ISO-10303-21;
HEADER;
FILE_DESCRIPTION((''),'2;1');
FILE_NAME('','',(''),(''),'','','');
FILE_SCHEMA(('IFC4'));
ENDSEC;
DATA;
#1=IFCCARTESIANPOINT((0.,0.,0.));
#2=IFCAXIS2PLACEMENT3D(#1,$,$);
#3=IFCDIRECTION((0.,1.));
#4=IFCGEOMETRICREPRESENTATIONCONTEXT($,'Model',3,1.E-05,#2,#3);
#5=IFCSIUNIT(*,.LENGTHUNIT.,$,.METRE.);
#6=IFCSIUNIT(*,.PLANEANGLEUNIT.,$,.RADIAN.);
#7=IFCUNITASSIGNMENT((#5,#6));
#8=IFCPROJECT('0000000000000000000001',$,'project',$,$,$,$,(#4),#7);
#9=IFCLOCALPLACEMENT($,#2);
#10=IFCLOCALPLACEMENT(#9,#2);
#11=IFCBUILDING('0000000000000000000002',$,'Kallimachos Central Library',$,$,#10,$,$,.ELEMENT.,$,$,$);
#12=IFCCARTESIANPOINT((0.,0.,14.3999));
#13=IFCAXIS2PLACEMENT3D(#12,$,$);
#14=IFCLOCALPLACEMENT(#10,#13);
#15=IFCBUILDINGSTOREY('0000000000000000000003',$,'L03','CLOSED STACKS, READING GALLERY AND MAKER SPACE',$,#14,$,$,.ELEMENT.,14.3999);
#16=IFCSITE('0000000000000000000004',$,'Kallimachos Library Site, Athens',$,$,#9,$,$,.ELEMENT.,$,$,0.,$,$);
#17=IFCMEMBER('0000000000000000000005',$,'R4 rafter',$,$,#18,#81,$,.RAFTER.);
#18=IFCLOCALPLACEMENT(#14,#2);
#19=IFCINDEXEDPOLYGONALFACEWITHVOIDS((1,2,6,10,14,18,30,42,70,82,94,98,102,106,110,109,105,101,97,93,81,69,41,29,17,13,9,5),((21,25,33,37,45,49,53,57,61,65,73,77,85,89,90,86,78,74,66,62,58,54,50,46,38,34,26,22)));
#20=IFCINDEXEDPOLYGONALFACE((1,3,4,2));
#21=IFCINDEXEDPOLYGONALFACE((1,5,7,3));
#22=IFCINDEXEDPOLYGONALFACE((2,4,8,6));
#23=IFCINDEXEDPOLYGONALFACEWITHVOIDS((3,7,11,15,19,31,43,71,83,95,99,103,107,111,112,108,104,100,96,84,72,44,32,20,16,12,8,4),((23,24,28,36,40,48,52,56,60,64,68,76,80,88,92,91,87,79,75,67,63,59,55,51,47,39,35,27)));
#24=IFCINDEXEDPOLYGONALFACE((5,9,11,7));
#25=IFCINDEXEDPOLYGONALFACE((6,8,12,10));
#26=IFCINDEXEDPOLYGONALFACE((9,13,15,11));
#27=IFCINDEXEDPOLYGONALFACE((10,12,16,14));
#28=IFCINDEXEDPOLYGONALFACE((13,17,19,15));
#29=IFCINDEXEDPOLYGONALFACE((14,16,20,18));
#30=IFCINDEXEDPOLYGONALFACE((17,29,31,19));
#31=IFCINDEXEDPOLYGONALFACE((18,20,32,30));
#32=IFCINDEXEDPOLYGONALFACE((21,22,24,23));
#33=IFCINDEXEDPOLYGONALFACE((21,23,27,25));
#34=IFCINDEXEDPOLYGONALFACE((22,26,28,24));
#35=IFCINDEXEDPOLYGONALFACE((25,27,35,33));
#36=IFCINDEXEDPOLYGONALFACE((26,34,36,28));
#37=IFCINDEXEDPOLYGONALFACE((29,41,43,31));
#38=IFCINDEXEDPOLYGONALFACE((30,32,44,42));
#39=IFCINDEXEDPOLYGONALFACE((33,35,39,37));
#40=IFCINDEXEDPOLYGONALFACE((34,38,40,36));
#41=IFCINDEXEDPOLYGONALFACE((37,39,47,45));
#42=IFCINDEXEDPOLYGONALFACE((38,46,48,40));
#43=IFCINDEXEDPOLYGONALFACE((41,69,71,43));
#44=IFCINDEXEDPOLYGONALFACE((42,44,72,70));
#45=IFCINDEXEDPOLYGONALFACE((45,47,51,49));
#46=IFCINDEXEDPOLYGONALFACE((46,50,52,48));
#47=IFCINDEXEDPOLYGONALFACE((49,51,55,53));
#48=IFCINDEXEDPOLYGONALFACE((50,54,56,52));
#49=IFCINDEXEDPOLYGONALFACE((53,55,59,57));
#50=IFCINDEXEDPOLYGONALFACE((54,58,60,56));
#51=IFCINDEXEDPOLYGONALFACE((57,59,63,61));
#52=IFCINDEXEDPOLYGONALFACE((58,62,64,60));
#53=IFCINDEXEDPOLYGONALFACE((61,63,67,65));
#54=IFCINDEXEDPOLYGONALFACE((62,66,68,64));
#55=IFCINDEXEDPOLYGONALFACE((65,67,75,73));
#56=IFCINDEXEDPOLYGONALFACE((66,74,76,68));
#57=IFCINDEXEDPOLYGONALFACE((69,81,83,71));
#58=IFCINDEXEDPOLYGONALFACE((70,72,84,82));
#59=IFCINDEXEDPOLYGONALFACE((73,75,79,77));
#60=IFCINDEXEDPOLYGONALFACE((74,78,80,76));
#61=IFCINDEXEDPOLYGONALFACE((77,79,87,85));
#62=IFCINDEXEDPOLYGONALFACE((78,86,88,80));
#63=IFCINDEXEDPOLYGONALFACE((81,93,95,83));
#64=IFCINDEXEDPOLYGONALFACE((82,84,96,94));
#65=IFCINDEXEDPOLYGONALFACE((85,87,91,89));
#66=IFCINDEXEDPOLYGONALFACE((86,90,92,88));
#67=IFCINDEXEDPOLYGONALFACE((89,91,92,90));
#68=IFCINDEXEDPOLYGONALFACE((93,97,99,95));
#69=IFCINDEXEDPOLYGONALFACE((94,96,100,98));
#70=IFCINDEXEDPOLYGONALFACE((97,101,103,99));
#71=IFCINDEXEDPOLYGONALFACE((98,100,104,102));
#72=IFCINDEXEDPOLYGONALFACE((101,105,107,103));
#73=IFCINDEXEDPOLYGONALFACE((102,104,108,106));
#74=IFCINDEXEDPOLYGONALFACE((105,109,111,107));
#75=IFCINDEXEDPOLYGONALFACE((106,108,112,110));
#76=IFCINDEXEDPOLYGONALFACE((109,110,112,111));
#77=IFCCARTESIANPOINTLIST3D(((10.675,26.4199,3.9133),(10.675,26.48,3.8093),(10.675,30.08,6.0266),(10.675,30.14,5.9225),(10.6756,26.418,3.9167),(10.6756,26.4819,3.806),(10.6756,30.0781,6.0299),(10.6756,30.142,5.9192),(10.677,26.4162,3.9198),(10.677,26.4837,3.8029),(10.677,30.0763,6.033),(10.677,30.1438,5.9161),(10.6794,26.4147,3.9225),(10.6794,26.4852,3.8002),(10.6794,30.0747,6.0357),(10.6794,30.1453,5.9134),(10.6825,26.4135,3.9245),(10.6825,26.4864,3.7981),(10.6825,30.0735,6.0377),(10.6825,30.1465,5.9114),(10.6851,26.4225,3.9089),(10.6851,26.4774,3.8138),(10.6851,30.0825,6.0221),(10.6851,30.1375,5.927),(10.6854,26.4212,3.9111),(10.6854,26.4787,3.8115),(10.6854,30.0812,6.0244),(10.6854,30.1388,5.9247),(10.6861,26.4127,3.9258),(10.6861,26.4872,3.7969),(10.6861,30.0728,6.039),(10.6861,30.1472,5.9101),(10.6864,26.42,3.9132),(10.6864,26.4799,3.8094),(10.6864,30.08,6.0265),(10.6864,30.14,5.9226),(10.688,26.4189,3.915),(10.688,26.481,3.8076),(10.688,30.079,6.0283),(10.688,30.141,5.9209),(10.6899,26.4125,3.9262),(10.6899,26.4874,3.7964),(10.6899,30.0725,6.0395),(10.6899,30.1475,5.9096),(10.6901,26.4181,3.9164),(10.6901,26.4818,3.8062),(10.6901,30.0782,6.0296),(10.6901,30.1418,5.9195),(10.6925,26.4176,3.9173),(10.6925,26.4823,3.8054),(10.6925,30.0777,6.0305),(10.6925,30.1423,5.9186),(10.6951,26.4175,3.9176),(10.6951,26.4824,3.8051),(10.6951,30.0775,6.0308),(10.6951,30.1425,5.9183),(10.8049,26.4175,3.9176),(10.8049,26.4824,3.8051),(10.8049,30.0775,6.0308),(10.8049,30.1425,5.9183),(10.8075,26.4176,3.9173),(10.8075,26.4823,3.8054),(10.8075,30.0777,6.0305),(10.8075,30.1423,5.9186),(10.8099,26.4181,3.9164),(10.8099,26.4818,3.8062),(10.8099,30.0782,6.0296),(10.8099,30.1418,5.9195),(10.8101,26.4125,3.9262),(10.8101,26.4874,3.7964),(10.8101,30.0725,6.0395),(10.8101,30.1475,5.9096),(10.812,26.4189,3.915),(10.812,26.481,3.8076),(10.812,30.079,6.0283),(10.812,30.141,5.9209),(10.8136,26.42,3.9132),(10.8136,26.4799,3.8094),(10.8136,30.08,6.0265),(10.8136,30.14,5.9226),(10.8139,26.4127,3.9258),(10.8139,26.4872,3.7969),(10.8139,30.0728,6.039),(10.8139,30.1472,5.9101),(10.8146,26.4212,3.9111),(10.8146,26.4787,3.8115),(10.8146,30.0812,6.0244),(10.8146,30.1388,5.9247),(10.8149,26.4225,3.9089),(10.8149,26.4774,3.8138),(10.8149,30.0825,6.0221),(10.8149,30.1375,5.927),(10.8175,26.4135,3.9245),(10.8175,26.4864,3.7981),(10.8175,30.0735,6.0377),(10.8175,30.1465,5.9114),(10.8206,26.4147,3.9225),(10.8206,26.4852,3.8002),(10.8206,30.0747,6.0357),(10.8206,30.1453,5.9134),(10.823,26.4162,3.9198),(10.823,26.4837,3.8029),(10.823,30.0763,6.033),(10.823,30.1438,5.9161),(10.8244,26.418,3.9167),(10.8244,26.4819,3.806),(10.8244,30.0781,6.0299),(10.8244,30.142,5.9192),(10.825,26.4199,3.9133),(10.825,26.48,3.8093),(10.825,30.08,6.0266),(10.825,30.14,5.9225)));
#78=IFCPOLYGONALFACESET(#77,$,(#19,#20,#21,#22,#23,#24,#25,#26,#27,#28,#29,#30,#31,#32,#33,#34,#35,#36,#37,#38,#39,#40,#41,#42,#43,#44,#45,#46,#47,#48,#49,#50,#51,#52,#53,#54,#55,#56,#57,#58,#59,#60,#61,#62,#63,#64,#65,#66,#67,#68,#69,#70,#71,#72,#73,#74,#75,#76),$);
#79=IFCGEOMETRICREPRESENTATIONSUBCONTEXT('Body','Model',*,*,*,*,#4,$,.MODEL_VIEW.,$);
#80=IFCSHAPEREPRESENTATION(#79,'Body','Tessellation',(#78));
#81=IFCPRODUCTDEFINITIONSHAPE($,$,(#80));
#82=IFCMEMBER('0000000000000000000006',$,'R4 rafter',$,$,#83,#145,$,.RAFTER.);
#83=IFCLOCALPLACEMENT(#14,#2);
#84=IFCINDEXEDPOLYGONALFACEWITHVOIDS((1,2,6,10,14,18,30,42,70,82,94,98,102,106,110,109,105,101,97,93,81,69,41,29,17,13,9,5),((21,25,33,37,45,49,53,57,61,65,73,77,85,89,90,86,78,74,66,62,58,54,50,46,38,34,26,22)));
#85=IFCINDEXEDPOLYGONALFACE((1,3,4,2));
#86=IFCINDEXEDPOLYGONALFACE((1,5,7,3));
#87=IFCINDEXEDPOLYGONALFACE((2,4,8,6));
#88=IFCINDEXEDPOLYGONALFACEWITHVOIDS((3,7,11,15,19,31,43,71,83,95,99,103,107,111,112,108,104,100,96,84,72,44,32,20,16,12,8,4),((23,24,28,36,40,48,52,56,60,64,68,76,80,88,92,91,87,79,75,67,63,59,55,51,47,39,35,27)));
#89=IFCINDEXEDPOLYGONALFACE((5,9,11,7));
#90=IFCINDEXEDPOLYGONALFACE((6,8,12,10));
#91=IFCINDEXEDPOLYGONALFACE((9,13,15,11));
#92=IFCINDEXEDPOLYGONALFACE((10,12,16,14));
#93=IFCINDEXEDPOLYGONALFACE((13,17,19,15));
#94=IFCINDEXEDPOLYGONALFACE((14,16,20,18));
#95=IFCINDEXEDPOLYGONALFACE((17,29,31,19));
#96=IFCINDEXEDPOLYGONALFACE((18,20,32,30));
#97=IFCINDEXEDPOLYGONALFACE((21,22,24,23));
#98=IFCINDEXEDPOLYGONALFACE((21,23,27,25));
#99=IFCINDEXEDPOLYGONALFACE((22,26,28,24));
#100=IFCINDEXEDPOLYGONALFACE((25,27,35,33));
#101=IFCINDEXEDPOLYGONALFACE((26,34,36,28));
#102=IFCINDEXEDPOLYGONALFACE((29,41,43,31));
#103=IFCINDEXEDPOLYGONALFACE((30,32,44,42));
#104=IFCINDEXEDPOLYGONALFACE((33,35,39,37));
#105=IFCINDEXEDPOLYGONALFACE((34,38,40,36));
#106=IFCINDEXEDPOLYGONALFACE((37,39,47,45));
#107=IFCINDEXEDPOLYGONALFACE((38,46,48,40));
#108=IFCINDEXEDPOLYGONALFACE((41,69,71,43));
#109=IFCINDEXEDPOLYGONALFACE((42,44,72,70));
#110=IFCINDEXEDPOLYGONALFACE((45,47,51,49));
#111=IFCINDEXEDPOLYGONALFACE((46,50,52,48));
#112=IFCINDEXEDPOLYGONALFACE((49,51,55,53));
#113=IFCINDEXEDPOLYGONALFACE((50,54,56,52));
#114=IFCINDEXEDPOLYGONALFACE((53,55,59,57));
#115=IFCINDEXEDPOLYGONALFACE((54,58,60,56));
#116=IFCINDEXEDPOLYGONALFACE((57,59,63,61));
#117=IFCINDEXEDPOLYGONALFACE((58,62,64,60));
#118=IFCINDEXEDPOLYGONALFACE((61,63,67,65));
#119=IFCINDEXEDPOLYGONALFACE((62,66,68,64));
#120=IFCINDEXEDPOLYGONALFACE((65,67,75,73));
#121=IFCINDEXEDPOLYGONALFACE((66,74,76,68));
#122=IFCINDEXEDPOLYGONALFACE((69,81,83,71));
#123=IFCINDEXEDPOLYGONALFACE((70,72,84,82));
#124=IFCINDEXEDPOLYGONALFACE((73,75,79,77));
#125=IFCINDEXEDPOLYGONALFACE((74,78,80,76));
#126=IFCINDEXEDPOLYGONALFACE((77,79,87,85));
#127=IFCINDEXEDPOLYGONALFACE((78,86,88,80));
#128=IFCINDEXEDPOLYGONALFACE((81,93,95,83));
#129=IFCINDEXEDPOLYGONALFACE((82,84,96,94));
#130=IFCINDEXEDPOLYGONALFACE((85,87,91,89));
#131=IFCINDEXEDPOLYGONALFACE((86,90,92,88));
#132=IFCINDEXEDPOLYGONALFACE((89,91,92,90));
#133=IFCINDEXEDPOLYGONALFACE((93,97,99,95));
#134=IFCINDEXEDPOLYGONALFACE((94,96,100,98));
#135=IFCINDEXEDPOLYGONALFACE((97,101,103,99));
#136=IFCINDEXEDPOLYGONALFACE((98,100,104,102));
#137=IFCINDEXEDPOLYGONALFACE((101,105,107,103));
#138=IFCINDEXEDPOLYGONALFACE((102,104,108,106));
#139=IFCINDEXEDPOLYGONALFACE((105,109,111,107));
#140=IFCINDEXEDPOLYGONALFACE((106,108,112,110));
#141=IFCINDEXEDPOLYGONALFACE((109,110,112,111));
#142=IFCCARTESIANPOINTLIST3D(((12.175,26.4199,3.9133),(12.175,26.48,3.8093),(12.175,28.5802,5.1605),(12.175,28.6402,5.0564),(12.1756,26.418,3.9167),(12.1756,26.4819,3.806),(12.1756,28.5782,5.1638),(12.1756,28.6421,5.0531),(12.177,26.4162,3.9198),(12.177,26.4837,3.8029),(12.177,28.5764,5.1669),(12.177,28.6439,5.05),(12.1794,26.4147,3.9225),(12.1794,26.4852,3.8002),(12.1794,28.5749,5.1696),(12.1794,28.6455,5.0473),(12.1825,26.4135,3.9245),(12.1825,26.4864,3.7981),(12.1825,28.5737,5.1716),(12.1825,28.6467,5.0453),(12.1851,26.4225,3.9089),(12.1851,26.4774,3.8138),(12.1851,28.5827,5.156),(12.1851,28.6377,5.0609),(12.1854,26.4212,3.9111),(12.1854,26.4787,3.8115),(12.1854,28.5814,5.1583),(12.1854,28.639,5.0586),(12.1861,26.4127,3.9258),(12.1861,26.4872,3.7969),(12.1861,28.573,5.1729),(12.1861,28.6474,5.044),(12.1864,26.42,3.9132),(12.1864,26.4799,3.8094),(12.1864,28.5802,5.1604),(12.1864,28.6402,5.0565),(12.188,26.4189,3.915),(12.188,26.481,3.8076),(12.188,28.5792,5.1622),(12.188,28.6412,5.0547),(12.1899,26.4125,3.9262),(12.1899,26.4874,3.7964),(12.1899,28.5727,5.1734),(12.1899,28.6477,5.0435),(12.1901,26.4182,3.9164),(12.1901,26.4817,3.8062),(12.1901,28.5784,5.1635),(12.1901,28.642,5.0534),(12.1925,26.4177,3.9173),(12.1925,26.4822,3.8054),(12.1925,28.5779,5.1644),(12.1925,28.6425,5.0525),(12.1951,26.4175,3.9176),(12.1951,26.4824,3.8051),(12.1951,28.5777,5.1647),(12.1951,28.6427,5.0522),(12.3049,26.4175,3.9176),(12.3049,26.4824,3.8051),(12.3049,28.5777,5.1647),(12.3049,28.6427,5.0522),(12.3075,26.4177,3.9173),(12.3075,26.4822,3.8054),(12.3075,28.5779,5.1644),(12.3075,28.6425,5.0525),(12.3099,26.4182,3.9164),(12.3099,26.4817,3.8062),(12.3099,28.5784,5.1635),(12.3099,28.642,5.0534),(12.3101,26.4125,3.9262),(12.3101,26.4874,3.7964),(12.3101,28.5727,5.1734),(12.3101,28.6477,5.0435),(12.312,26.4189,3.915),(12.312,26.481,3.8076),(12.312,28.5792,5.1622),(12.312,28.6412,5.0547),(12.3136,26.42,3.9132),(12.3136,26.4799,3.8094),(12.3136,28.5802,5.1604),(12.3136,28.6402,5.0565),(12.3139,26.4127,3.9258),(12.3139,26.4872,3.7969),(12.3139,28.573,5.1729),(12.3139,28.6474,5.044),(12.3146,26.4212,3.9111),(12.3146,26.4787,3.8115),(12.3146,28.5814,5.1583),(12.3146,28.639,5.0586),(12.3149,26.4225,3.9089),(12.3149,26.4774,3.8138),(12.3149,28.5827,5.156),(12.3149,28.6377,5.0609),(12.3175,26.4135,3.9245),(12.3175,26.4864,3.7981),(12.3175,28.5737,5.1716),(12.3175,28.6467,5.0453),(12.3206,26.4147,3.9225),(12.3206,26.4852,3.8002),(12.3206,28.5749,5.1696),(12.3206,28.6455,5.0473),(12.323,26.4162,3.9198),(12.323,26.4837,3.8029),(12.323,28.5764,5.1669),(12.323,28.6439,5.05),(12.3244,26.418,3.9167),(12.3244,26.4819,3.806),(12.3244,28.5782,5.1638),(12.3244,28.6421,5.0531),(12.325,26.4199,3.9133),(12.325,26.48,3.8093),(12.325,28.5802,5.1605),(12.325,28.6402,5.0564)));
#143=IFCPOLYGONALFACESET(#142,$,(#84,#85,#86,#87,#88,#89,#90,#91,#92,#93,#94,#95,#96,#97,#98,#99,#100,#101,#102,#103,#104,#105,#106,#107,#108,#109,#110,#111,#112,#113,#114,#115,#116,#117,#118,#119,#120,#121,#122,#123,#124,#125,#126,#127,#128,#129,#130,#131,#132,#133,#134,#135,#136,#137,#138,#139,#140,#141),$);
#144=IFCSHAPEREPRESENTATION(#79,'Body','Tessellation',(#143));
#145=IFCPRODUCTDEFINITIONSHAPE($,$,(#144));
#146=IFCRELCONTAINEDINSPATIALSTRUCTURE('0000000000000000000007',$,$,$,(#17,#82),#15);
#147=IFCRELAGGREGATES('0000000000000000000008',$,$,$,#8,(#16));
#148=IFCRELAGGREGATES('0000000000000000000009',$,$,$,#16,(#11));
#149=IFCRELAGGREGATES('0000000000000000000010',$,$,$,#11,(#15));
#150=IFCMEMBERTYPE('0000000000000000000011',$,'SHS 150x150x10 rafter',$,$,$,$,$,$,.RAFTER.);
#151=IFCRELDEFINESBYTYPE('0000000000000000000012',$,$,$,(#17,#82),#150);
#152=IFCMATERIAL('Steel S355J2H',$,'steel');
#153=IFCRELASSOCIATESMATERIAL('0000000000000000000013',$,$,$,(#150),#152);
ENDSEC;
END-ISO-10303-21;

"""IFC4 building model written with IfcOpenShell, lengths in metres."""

from ifc_helpers import new_model, si_unit, direction, frame, origin, origin_2d, place, context, subcontext, project, spatial, hollow_rectangle, extrude, material, material_profile, profile_set, type_object, element, save


model = new_model("IFC4")

# Units and contexts
model_context = context("Model", 3, precision=1e-05, world=origin(), true_north=direction((0.0, 1.0)))
body_context = subcontext(model_context, "Body", "Model", "MODEL_VIEW")
ifc_project = project(units=[si_unit("LENGTHUNIT", "METRE"), si_unit("PLANEANGLEUNIT", "RADIAN")], contexts=[model_context])

# Site, building, storey
site_placement = place(None, origin())
site = spatial("IfcSite", under=ifc_project, at=site_placement, Name="Kallimachos Library Site, Athens", CompositionType="ELEMENT", RefElevation=0.0)
building_placement = place(site_placement, origin())
building = spatial("IfcBuilding", under=site, at=building_placement, Name="Kallimachos Central Library", CompositionType="ELEMENT")
storey_placement = place(building_placement, frame((0.0, 0.0, 14.3999)))
storey = spatial("IfcBuildingStorey", under=building, at=storey_placement, Name="L03", Description="CLOSED STACKS, READING GALLERY AND MAKER SPACE", CompositionType="ELEMENT", Elevation=14.3999)

# Members
ifc_material_1 = material(Name="Steel S355J2H", Category="steel")
ifc_material_profile_1 = material_profile(ifc_material_1, hollow_rectangle(XDim=0.1499, YDim=0.1499, WallThickness=0.01, InnerFilletRadius=0.01, OuterFilletRadius=0.0149, at=origin_2d()), Name="SHS 150x150x10")
ifc_profile_set_1 = profile_set([ifc_material_profile_1], Name="Steel S355J2H")
member_type_1 = type_object("IfcMemberType", Name="SHS 150x150x10 rafter", PredefinedType="RAFTER", material=ifc_profile_set_1)
for number, where, z_axis, x_axis, name in (
    (1, (10.75, 26.45, 3.8613), (0.0, 0.866016, 0.500016), (-1.0, 0.0, 0.0), "R4 rafter"),
):
    element("IfcMember", number, at=place(storey_placement, frame(where, z_axis=z_axis, x_axis=x_axis)), inside=storey, type_object=member_type_1, Name=name, PredefinedType="RAFTER", context=body_context, shape_type="SweptSolid", body=[
        extrude(hollow_rectangle(XDim=0.1499, YDim=0.1499, WallThickness=0.01, InnerFilletRadius=0.01, OuterFilletRadius=0.0149, at=origin_2d()), origin(), (0.0, 0.0, 1.0), 4.2263),
    ])
member_1_placement = place(storey_placement, frame((12.25, 26.45, 3.8613), z_axis=(0.0, 0.866042, 0.499971), x_axis=(-1.0, 0.0, 0.0)))
element("IfcMember", 2, at=member_1_placement, inside=storey, type_object=member_type_1, Name="R4 rafter", PredefinedType="RAFTER", context=body_context, shape_type="SweptSolid", body=[
    extrude(hollow_rectangle(XDim=0.1499, YDim=0.1499, WallThickness=0.01, InnerFilletRadius=0.01, OuterFilletRadius=0.0149, at=origin_2d()), origin(), (0.0, 0.0, 1.0), 2.4944),
])

save(model, "model.ifc")
